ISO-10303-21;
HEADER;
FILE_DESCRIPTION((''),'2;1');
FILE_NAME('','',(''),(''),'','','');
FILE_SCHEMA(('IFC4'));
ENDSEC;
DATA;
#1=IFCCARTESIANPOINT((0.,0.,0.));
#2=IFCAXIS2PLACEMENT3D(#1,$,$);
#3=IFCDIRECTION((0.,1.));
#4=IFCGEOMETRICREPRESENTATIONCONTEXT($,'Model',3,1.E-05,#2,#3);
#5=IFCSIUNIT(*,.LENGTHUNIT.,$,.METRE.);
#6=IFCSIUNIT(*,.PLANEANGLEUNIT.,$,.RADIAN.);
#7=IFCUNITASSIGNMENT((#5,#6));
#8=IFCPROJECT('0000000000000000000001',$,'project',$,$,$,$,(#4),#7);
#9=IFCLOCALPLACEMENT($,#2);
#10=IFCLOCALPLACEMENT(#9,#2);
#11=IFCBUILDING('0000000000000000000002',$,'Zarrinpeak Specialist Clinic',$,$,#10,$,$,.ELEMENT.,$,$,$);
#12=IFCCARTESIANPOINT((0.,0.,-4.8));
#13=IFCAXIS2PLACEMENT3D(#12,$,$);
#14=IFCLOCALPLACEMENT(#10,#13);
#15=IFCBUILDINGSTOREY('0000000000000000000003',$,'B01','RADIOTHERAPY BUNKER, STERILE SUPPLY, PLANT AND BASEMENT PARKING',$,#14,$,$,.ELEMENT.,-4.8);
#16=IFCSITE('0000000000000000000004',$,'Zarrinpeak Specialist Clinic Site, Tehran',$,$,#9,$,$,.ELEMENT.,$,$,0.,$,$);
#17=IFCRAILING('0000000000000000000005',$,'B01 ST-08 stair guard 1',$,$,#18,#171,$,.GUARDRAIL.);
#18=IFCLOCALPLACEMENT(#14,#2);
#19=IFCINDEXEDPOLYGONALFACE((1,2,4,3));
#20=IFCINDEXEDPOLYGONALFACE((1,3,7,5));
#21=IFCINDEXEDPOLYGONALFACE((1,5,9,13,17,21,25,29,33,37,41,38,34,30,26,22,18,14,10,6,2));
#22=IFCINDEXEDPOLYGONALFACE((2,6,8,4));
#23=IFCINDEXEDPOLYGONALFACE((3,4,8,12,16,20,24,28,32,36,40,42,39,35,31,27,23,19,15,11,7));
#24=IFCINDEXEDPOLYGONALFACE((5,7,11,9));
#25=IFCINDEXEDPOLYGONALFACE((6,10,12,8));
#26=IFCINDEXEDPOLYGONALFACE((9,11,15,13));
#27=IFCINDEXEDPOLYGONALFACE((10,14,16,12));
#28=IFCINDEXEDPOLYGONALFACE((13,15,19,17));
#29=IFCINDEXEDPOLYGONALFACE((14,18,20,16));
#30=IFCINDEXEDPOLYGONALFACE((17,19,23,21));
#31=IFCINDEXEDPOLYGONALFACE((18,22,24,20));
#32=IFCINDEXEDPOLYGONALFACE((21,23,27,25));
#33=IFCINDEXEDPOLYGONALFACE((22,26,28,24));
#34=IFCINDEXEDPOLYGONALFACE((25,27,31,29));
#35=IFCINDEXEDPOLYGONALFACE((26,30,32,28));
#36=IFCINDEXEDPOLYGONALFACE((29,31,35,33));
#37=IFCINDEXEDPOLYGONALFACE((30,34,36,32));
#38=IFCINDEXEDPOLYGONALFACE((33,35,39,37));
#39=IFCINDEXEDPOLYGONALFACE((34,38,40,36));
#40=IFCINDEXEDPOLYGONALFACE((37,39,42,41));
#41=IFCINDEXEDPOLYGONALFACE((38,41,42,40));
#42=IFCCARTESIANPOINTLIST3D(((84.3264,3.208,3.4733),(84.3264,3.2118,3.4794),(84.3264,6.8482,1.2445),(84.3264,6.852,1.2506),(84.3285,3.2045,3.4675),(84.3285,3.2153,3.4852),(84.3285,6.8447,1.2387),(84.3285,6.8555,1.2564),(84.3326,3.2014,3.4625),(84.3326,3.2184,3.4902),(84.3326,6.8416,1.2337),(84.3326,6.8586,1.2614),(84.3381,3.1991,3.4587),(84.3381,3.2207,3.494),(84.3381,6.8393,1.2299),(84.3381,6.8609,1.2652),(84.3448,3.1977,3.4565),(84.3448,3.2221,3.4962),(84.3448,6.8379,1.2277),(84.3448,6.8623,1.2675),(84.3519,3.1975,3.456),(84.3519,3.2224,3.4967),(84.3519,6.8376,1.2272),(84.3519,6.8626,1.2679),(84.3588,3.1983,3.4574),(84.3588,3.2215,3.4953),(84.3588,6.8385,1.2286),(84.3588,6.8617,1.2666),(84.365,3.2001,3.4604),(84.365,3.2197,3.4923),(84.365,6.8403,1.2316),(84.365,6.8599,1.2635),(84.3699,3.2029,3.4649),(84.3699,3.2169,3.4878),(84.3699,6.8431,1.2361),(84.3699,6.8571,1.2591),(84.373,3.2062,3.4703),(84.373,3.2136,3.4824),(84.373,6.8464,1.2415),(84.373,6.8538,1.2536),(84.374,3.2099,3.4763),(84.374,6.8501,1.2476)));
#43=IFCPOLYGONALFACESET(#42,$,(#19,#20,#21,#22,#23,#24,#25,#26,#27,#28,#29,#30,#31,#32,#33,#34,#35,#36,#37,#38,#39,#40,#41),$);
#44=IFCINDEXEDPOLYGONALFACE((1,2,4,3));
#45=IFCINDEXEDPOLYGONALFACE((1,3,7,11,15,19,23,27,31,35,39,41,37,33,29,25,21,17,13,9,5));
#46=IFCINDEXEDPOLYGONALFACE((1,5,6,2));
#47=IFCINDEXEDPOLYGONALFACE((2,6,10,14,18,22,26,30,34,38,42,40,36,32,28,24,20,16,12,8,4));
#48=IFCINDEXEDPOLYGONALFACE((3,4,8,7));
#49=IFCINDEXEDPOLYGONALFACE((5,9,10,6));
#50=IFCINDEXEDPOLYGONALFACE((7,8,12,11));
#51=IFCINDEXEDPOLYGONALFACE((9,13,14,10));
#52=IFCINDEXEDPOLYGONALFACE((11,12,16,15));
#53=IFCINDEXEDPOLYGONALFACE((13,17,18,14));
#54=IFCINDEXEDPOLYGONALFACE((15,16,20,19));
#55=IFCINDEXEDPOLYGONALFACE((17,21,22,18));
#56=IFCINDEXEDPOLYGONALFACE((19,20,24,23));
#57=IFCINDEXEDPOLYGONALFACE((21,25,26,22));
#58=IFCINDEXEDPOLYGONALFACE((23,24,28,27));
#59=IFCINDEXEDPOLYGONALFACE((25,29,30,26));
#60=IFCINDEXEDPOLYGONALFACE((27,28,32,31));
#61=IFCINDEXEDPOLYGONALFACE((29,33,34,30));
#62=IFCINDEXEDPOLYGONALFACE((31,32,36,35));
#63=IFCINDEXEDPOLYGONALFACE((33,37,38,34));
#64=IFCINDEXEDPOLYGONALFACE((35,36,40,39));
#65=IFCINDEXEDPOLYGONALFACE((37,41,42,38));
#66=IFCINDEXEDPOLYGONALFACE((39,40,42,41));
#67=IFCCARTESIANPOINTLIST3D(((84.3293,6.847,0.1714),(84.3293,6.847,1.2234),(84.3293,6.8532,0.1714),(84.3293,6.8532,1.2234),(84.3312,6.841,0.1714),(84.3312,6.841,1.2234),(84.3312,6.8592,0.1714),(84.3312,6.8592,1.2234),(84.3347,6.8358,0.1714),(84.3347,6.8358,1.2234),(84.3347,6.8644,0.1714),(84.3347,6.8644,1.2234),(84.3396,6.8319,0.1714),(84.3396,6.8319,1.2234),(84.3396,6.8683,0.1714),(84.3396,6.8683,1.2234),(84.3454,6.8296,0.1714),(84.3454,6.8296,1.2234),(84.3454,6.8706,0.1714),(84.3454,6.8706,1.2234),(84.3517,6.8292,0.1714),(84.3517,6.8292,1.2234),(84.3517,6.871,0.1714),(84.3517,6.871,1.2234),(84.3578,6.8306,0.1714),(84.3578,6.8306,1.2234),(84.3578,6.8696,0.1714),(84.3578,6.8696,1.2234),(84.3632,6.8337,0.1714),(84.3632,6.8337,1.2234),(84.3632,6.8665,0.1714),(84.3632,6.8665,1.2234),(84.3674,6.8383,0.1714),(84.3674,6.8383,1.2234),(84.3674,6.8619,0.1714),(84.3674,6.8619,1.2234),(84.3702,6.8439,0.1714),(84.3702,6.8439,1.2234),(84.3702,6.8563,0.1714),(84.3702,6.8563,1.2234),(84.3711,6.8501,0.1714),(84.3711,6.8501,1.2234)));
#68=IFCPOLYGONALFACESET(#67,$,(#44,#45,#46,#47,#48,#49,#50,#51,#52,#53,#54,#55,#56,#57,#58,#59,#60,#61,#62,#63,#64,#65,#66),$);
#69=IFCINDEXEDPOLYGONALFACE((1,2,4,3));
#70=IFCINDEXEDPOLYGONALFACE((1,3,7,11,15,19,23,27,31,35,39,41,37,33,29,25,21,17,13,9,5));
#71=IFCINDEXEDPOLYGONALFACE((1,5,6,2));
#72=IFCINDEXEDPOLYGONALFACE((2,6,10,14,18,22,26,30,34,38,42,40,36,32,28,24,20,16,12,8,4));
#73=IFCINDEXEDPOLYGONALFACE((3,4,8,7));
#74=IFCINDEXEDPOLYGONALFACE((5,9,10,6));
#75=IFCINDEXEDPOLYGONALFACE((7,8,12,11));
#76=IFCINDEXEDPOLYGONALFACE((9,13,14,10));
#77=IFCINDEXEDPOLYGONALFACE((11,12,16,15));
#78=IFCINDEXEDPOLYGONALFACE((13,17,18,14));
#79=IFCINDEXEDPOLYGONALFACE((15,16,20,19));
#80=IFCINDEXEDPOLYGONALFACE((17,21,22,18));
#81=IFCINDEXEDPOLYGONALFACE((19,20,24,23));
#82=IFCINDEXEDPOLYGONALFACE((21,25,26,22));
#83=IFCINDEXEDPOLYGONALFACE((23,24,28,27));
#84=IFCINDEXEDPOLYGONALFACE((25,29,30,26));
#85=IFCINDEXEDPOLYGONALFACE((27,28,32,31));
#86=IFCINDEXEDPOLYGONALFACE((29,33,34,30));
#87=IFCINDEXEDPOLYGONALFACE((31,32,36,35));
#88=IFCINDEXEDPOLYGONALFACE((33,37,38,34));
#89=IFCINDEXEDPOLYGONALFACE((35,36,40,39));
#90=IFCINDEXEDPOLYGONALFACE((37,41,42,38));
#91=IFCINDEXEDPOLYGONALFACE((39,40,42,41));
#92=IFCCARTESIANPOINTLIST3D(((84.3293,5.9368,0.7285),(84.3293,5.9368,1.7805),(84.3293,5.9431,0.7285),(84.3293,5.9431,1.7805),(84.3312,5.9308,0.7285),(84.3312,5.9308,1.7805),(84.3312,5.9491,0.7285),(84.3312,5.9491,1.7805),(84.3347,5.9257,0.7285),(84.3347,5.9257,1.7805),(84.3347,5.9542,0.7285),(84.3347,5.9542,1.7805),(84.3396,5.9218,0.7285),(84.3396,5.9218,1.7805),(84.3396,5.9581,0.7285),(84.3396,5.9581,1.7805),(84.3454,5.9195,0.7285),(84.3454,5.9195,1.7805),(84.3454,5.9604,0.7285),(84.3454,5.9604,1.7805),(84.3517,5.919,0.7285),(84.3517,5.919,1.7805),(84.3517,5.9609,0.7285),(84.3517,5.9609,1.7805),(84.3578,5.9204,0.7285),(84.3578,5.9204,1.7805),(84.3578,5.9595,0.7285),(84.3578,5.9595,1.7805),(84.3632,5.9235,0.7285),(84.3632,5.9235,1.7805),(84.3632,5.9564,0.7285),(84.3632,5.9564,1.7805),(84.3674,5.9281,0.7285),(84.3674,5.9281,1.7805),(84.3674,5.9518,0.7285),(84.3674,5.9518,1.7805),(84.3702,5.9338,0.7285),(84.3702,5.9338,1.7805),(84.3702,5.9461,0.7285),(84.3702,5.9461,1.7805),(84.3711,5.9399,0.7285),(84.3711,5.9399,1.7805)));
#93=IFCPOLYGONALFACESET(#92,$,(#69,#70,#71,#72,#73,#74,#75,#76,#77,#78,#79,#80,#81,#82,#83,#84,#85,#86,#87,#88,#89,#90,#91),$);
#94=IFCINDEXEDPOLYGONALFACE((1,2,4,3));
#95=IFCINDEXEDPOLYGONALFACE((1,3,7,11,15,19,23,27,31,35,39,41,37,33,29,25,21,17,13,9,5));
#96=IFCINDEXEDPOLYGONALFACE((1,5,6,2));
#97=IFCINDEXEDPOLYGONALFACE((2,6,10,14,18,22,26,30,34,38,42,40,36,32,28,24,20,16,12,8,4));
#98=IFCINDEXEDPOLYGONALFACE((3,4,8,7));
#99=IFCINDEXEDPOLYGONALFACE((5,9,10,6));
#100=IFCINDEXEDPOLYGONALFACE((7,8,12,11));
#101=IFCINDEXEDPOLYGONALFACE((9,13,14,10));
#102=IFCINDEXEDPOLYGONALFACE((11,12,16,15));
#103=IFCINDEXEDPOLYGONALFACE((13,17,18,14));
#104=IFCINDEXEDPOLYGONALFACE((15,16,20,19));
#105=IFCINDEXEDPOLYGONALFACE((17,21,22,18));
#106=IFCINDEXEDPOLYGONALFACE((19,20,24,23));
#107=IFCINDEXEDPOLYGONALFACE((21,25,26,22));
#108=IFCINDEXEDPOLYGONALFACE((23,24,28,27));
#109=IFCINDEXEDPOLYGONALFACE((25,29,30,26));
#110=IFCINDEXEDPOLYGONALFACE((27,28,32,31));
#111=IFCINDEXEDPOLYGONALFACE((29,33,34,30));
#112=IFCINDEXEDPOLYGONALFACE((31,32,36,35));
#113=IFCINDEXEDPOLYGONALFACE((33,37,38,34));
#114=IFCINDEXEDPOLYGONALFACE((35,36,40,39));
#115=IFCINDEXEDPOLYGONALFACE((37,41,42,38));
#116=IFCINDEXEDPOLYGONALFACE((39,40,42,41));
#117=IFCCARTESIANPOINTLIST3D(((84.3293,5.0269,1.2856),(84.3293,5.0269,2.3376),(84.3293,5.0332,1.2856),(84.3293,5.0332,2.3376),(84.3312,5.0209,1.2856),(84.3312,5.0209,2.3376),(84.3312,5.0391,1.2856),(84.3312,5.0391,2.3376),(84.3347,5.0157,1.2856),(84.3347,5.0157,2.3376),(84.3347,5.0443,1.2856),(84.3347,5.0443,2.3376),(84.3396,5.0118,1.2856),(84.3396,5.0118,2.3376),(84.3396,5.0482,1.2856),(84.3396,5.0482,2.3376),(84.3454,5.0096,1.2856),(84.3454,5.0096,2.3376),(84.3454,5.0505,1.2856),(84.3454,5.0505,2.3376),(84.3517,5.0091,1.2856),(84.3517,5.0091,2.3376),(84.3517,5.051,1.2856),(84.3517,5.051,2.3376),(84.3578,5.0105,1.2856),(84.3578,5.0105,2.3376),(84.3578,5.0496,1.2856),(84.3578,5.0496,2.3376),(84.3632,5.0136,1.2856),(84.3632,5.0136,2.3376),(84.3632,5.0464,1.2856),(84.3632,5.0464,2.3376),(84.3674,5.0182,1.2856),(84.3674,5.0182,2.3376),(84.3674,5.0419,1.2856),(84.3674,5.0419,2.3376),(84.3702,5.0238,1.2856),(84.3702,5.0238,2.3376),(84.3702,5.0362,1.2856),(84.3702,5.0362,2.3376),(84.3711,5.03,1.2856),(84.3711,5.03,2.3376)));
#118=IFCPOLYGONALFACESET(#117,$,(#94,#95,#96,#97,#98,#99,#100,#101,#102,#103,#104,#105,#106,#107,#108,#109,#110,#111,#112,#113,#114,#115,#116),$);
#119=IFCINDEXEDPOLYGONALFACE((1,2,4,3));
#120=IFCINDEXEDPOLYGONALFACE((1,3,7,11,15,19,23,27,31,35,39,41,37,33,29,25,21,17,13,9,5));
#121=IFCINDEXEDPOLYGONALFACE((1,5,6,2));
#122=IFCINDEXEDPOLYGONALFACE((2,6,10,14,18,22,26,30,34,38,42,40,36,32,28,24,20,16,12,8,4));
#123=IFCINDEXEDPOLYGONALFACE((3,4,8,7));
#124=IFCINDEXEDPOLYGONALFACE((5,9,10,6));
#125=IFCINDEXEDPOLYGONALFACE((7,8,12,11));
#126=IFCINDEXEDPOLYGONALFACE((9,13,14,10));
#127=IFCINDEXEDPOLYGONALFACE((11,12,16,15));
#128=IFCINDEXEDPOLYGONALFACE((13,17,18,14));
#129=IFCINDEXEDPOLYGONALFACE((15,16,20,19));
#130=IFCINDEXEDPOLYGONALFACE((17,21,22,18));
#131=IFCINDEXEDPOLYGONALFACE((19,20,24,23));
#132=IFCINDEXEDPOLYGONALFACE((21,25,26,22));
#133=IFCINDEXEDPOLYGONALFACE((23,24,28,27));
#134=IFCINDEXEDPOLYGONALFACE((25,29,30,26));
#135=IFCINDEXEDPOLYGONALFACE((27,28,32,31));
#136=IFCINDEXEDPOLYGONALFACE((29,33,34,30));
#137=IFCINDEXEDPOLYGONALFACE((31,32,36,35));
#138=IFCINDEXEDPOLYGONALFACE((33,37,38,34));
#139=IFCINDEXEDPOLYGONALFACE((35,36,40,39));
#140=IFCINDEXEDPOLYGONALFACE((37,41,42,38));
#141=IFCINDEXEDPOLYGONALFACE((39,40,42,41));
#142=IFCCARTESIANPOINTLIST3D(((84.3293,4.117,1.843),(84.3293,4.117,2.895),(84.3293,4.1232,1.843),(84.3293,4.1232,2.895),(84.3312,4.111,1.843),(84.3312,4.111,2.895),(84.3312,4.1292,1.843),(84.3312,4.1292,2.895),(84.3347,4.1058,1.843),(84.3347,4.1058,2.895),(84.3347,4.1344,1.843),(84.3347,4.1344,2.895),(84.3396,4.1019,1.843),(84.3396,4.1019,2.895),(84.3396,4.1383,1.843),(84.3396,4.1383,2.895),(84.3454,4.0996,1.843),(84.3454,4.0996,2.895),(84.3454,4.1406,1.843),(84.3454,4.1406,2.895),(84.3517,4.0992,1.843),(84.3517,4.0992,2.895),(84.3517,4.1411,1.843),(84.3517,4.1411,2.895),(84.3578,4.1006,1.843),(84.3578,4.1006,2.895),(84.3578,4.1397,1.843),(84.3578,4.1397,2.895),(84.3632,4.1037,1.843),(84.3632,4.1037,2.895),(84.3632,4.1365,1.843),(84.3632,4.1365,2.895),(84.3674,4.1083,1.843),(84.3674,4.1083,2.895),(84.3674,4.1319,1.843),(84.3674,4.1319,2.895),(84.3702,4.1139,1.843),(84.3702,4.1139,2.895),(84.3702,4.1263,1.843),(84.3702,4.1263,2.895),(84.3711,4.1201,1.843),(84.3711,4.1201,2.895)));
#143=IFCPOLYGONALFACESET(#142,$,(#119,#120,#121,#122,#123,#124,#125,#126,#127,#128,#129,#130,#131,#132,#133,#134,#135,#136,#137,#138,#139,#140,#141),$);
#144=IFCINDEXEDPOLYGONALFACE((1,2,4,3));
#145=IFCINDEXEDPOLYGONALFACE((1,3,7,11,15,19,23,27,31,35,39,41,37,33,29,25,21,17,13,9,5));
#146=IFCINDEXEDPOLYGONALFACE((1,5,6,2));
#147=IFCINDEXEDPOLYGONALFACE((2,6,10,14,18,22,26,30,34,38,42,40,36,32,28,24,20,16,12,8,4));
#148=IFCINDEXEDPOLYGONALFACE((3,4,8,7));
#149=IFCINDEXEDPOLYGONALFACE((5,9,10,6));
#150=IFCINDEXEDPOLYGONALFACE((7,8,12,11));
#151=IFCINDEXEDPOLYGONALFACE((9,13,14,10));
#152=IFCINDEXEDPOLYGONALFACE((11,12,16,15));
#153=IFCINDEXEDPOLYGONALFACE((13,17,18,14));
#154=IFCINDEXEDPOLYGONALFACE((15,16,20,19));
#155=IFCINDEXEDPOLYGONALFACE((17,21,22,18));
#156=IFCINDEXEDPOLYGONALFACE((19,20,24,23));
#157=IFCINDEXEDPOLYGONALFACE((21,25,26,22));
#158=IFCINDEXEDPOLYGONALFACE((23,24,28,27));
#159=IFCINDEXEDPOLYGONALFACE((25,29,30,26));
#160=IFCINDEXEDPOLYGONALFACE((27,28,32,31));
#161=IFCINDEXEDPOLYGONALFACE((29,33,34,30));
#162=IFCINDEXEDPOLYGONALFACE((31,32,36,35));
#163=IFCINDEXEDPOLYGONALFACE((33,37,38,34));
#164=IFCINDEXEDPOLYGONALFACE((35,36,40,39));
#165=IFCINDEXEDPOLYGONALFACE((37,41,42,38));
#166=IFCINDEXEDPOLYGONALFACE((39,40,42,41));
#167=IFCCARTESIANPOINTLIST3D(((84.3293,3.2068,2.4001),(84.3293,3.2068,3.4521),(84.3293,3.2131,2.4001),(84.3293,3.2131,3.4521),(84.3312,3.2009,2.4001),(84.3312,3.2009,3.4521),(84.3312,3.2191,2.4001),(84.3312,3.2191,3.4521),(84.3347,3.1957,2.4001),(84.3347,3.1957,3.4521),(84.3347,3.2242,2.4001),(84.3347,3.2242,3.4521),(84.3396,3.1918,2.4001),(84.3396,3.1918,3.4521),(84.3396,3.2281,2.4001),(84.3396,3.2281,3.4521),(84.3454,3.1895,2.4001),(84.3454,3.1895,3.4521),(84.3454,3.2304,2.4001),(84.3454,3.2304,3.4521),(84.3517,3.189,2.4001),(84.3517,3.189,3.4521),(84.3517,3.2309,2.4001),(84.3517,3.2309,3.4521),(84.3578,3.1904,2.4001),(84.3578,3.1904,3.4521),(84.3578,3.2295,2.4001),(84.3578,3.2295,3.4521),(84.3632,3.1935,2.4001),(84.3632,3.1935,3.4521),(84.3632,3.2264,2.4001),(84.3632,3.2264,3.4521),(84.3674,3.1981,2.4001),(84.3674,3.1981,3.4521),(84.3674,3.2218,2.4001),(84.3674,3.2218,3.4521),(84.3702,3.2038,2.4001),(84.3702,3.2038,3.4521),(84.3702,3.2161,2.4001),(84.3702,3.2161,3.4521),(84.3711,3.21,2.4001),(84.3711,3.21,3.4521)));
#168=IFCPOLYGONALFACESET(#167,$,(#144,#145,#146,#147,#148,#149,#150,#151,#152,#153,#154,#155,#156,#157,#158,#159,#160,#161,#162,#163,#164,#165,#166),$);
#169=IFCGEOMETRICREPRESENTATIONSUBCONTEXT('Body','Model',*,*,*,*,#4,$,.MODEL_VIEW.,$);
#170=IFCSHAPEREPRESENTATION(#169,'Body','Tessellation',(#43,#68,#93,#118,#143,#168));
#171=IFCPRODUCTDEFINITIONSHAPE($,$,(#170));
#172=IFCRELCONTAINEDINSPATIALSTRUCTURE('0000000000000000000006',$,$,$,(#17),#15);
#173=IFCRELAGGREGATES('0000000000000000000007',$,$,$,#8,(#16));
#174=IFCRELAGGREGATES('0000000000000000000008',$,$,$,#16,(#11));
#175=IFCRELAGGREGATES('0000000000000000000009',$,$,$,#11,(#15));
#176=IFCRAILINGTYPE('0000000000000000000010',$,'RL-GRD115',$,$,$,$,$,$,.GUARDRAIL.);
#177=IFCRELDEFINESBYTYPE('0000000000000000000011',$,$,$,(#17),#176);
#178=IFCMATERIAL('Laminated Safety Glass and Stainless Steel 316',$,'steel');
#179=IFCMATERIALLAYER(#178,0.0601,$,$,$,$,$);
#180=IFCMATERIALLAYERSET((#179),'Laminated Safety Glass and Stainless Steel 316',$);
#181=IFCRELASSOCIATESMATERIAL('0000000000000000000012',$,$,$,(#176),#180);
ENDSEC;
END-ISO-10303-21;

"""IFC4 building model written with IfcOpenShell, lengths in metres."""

from ifc_helpers import new_model, si_unit, direction, frame, origin, origin_2d, place, context, subcontext, project, spatial, circle, extrude, material, layer, layer_set, type_object, element, save


model = new_model("IFC4")

# Units and contexts
model_context = context("Model", 3, precision=1e-05, world=origin(), true_north=direction((0.0, 1.0)))
body_context = subcontext(model_context, "Body", "Model", "MODEL_VIEW")
ifc_project = project(units=[si_unit("LENGTHUNIT", "METRE"), si_unit("PLANEANGLEUNIT", "RADIAN")], contexts=[model_context])

# Site, building, storey
site_placement = place(None, origin())
site = spatial("IfcSite", under=ifc_project, at=site_placement, Name="Zarrinpeak Specialist Clinic Site, Tehran", CompositionType="ELEMENT", RefElevation=0.0)
building_placement = place(site_placement, origin())
building = spatial("IfcBuilding", under=site, at=building_placement, Name="Zarrinpeak Specialist Clinic", CompositionType="ELEMENT")
storey_placement = place(building_placement, frame((0.0, 0.0, -4.8)))
storey = spatial("IfcBuildingStorey", under=building, at=storey_placement, Name="B01", Description="RADIOTHERAPY BUNKER, STERILE SUPPLY, PLANT AND BASEMENT PARKING", CompositionType="ELEMENT", Elevation=-4.8)

# Railing
ifc_material_1 = material(Name="Laminated Safety Glass and Stainless Steel 316", Category="steel")
ifc_layer_1 = layer(ifc_material_1, 0.0601)
ifc_layer_set_1 = layer_set([ifc_layer_1], Name="Laminated Safety Glass and Stainless Steel 316")
railing_type_1 = type_object("IfcRailingType", Name="RL-GRD115", PredefinedType="GUARDRAIL", material=ifc_layer_set_1)
railing_1_placement = place(storey_placement, frame((84.3501, 6.8501, 0.1714)))
element("IfcRailing", 1, at=railing_1_placement, inside=storey, type_object=railing_type_1, Name="B01 ST-08 stair guard 1", PredefinedType="GUARDRAIL", context=body_context, shape_type="SweptSolid", body=[
    extrude(circle(Radius=0.0239, at=origin_2d()), frame((0.0, 0.0, 1.0762), z_axis=(0.0, -0.85284, 0.522172), x_axis=(1.0, 0.0, 0.0)), (0.0, 0.0, 1.0), 4.2683),
    extrude(circle(Radius=0.021, at=origin_2d()), origin(), (0.0, 0.0, 1.0), 1.052),
    extrude(circle(Radius=0.021, at=origin_2d()), frame((0.0, -0.9102, 0.5571)), (0.0, 0.0, 1.0), 1.052),
    extrude(circle(Radius=0.021, at=origin_2d()), frame((0.0, -1.8201, 1.1143)), (0.0, 0.0, 1.0), 1.052),
    extrude(circle(Radius=0.021, at=origin_2d()), frame((0.0, -2.73, 1.6716)), (0.0, 0.0, 1.0), 1.052),
    extrude(circle(Radius=0.021, at=origin_2d()), frame((0.0, -3.6401, 2.2288)), (0.0, 0.0, 1.0), 1.052),
])

save(model, "model.ifc")
